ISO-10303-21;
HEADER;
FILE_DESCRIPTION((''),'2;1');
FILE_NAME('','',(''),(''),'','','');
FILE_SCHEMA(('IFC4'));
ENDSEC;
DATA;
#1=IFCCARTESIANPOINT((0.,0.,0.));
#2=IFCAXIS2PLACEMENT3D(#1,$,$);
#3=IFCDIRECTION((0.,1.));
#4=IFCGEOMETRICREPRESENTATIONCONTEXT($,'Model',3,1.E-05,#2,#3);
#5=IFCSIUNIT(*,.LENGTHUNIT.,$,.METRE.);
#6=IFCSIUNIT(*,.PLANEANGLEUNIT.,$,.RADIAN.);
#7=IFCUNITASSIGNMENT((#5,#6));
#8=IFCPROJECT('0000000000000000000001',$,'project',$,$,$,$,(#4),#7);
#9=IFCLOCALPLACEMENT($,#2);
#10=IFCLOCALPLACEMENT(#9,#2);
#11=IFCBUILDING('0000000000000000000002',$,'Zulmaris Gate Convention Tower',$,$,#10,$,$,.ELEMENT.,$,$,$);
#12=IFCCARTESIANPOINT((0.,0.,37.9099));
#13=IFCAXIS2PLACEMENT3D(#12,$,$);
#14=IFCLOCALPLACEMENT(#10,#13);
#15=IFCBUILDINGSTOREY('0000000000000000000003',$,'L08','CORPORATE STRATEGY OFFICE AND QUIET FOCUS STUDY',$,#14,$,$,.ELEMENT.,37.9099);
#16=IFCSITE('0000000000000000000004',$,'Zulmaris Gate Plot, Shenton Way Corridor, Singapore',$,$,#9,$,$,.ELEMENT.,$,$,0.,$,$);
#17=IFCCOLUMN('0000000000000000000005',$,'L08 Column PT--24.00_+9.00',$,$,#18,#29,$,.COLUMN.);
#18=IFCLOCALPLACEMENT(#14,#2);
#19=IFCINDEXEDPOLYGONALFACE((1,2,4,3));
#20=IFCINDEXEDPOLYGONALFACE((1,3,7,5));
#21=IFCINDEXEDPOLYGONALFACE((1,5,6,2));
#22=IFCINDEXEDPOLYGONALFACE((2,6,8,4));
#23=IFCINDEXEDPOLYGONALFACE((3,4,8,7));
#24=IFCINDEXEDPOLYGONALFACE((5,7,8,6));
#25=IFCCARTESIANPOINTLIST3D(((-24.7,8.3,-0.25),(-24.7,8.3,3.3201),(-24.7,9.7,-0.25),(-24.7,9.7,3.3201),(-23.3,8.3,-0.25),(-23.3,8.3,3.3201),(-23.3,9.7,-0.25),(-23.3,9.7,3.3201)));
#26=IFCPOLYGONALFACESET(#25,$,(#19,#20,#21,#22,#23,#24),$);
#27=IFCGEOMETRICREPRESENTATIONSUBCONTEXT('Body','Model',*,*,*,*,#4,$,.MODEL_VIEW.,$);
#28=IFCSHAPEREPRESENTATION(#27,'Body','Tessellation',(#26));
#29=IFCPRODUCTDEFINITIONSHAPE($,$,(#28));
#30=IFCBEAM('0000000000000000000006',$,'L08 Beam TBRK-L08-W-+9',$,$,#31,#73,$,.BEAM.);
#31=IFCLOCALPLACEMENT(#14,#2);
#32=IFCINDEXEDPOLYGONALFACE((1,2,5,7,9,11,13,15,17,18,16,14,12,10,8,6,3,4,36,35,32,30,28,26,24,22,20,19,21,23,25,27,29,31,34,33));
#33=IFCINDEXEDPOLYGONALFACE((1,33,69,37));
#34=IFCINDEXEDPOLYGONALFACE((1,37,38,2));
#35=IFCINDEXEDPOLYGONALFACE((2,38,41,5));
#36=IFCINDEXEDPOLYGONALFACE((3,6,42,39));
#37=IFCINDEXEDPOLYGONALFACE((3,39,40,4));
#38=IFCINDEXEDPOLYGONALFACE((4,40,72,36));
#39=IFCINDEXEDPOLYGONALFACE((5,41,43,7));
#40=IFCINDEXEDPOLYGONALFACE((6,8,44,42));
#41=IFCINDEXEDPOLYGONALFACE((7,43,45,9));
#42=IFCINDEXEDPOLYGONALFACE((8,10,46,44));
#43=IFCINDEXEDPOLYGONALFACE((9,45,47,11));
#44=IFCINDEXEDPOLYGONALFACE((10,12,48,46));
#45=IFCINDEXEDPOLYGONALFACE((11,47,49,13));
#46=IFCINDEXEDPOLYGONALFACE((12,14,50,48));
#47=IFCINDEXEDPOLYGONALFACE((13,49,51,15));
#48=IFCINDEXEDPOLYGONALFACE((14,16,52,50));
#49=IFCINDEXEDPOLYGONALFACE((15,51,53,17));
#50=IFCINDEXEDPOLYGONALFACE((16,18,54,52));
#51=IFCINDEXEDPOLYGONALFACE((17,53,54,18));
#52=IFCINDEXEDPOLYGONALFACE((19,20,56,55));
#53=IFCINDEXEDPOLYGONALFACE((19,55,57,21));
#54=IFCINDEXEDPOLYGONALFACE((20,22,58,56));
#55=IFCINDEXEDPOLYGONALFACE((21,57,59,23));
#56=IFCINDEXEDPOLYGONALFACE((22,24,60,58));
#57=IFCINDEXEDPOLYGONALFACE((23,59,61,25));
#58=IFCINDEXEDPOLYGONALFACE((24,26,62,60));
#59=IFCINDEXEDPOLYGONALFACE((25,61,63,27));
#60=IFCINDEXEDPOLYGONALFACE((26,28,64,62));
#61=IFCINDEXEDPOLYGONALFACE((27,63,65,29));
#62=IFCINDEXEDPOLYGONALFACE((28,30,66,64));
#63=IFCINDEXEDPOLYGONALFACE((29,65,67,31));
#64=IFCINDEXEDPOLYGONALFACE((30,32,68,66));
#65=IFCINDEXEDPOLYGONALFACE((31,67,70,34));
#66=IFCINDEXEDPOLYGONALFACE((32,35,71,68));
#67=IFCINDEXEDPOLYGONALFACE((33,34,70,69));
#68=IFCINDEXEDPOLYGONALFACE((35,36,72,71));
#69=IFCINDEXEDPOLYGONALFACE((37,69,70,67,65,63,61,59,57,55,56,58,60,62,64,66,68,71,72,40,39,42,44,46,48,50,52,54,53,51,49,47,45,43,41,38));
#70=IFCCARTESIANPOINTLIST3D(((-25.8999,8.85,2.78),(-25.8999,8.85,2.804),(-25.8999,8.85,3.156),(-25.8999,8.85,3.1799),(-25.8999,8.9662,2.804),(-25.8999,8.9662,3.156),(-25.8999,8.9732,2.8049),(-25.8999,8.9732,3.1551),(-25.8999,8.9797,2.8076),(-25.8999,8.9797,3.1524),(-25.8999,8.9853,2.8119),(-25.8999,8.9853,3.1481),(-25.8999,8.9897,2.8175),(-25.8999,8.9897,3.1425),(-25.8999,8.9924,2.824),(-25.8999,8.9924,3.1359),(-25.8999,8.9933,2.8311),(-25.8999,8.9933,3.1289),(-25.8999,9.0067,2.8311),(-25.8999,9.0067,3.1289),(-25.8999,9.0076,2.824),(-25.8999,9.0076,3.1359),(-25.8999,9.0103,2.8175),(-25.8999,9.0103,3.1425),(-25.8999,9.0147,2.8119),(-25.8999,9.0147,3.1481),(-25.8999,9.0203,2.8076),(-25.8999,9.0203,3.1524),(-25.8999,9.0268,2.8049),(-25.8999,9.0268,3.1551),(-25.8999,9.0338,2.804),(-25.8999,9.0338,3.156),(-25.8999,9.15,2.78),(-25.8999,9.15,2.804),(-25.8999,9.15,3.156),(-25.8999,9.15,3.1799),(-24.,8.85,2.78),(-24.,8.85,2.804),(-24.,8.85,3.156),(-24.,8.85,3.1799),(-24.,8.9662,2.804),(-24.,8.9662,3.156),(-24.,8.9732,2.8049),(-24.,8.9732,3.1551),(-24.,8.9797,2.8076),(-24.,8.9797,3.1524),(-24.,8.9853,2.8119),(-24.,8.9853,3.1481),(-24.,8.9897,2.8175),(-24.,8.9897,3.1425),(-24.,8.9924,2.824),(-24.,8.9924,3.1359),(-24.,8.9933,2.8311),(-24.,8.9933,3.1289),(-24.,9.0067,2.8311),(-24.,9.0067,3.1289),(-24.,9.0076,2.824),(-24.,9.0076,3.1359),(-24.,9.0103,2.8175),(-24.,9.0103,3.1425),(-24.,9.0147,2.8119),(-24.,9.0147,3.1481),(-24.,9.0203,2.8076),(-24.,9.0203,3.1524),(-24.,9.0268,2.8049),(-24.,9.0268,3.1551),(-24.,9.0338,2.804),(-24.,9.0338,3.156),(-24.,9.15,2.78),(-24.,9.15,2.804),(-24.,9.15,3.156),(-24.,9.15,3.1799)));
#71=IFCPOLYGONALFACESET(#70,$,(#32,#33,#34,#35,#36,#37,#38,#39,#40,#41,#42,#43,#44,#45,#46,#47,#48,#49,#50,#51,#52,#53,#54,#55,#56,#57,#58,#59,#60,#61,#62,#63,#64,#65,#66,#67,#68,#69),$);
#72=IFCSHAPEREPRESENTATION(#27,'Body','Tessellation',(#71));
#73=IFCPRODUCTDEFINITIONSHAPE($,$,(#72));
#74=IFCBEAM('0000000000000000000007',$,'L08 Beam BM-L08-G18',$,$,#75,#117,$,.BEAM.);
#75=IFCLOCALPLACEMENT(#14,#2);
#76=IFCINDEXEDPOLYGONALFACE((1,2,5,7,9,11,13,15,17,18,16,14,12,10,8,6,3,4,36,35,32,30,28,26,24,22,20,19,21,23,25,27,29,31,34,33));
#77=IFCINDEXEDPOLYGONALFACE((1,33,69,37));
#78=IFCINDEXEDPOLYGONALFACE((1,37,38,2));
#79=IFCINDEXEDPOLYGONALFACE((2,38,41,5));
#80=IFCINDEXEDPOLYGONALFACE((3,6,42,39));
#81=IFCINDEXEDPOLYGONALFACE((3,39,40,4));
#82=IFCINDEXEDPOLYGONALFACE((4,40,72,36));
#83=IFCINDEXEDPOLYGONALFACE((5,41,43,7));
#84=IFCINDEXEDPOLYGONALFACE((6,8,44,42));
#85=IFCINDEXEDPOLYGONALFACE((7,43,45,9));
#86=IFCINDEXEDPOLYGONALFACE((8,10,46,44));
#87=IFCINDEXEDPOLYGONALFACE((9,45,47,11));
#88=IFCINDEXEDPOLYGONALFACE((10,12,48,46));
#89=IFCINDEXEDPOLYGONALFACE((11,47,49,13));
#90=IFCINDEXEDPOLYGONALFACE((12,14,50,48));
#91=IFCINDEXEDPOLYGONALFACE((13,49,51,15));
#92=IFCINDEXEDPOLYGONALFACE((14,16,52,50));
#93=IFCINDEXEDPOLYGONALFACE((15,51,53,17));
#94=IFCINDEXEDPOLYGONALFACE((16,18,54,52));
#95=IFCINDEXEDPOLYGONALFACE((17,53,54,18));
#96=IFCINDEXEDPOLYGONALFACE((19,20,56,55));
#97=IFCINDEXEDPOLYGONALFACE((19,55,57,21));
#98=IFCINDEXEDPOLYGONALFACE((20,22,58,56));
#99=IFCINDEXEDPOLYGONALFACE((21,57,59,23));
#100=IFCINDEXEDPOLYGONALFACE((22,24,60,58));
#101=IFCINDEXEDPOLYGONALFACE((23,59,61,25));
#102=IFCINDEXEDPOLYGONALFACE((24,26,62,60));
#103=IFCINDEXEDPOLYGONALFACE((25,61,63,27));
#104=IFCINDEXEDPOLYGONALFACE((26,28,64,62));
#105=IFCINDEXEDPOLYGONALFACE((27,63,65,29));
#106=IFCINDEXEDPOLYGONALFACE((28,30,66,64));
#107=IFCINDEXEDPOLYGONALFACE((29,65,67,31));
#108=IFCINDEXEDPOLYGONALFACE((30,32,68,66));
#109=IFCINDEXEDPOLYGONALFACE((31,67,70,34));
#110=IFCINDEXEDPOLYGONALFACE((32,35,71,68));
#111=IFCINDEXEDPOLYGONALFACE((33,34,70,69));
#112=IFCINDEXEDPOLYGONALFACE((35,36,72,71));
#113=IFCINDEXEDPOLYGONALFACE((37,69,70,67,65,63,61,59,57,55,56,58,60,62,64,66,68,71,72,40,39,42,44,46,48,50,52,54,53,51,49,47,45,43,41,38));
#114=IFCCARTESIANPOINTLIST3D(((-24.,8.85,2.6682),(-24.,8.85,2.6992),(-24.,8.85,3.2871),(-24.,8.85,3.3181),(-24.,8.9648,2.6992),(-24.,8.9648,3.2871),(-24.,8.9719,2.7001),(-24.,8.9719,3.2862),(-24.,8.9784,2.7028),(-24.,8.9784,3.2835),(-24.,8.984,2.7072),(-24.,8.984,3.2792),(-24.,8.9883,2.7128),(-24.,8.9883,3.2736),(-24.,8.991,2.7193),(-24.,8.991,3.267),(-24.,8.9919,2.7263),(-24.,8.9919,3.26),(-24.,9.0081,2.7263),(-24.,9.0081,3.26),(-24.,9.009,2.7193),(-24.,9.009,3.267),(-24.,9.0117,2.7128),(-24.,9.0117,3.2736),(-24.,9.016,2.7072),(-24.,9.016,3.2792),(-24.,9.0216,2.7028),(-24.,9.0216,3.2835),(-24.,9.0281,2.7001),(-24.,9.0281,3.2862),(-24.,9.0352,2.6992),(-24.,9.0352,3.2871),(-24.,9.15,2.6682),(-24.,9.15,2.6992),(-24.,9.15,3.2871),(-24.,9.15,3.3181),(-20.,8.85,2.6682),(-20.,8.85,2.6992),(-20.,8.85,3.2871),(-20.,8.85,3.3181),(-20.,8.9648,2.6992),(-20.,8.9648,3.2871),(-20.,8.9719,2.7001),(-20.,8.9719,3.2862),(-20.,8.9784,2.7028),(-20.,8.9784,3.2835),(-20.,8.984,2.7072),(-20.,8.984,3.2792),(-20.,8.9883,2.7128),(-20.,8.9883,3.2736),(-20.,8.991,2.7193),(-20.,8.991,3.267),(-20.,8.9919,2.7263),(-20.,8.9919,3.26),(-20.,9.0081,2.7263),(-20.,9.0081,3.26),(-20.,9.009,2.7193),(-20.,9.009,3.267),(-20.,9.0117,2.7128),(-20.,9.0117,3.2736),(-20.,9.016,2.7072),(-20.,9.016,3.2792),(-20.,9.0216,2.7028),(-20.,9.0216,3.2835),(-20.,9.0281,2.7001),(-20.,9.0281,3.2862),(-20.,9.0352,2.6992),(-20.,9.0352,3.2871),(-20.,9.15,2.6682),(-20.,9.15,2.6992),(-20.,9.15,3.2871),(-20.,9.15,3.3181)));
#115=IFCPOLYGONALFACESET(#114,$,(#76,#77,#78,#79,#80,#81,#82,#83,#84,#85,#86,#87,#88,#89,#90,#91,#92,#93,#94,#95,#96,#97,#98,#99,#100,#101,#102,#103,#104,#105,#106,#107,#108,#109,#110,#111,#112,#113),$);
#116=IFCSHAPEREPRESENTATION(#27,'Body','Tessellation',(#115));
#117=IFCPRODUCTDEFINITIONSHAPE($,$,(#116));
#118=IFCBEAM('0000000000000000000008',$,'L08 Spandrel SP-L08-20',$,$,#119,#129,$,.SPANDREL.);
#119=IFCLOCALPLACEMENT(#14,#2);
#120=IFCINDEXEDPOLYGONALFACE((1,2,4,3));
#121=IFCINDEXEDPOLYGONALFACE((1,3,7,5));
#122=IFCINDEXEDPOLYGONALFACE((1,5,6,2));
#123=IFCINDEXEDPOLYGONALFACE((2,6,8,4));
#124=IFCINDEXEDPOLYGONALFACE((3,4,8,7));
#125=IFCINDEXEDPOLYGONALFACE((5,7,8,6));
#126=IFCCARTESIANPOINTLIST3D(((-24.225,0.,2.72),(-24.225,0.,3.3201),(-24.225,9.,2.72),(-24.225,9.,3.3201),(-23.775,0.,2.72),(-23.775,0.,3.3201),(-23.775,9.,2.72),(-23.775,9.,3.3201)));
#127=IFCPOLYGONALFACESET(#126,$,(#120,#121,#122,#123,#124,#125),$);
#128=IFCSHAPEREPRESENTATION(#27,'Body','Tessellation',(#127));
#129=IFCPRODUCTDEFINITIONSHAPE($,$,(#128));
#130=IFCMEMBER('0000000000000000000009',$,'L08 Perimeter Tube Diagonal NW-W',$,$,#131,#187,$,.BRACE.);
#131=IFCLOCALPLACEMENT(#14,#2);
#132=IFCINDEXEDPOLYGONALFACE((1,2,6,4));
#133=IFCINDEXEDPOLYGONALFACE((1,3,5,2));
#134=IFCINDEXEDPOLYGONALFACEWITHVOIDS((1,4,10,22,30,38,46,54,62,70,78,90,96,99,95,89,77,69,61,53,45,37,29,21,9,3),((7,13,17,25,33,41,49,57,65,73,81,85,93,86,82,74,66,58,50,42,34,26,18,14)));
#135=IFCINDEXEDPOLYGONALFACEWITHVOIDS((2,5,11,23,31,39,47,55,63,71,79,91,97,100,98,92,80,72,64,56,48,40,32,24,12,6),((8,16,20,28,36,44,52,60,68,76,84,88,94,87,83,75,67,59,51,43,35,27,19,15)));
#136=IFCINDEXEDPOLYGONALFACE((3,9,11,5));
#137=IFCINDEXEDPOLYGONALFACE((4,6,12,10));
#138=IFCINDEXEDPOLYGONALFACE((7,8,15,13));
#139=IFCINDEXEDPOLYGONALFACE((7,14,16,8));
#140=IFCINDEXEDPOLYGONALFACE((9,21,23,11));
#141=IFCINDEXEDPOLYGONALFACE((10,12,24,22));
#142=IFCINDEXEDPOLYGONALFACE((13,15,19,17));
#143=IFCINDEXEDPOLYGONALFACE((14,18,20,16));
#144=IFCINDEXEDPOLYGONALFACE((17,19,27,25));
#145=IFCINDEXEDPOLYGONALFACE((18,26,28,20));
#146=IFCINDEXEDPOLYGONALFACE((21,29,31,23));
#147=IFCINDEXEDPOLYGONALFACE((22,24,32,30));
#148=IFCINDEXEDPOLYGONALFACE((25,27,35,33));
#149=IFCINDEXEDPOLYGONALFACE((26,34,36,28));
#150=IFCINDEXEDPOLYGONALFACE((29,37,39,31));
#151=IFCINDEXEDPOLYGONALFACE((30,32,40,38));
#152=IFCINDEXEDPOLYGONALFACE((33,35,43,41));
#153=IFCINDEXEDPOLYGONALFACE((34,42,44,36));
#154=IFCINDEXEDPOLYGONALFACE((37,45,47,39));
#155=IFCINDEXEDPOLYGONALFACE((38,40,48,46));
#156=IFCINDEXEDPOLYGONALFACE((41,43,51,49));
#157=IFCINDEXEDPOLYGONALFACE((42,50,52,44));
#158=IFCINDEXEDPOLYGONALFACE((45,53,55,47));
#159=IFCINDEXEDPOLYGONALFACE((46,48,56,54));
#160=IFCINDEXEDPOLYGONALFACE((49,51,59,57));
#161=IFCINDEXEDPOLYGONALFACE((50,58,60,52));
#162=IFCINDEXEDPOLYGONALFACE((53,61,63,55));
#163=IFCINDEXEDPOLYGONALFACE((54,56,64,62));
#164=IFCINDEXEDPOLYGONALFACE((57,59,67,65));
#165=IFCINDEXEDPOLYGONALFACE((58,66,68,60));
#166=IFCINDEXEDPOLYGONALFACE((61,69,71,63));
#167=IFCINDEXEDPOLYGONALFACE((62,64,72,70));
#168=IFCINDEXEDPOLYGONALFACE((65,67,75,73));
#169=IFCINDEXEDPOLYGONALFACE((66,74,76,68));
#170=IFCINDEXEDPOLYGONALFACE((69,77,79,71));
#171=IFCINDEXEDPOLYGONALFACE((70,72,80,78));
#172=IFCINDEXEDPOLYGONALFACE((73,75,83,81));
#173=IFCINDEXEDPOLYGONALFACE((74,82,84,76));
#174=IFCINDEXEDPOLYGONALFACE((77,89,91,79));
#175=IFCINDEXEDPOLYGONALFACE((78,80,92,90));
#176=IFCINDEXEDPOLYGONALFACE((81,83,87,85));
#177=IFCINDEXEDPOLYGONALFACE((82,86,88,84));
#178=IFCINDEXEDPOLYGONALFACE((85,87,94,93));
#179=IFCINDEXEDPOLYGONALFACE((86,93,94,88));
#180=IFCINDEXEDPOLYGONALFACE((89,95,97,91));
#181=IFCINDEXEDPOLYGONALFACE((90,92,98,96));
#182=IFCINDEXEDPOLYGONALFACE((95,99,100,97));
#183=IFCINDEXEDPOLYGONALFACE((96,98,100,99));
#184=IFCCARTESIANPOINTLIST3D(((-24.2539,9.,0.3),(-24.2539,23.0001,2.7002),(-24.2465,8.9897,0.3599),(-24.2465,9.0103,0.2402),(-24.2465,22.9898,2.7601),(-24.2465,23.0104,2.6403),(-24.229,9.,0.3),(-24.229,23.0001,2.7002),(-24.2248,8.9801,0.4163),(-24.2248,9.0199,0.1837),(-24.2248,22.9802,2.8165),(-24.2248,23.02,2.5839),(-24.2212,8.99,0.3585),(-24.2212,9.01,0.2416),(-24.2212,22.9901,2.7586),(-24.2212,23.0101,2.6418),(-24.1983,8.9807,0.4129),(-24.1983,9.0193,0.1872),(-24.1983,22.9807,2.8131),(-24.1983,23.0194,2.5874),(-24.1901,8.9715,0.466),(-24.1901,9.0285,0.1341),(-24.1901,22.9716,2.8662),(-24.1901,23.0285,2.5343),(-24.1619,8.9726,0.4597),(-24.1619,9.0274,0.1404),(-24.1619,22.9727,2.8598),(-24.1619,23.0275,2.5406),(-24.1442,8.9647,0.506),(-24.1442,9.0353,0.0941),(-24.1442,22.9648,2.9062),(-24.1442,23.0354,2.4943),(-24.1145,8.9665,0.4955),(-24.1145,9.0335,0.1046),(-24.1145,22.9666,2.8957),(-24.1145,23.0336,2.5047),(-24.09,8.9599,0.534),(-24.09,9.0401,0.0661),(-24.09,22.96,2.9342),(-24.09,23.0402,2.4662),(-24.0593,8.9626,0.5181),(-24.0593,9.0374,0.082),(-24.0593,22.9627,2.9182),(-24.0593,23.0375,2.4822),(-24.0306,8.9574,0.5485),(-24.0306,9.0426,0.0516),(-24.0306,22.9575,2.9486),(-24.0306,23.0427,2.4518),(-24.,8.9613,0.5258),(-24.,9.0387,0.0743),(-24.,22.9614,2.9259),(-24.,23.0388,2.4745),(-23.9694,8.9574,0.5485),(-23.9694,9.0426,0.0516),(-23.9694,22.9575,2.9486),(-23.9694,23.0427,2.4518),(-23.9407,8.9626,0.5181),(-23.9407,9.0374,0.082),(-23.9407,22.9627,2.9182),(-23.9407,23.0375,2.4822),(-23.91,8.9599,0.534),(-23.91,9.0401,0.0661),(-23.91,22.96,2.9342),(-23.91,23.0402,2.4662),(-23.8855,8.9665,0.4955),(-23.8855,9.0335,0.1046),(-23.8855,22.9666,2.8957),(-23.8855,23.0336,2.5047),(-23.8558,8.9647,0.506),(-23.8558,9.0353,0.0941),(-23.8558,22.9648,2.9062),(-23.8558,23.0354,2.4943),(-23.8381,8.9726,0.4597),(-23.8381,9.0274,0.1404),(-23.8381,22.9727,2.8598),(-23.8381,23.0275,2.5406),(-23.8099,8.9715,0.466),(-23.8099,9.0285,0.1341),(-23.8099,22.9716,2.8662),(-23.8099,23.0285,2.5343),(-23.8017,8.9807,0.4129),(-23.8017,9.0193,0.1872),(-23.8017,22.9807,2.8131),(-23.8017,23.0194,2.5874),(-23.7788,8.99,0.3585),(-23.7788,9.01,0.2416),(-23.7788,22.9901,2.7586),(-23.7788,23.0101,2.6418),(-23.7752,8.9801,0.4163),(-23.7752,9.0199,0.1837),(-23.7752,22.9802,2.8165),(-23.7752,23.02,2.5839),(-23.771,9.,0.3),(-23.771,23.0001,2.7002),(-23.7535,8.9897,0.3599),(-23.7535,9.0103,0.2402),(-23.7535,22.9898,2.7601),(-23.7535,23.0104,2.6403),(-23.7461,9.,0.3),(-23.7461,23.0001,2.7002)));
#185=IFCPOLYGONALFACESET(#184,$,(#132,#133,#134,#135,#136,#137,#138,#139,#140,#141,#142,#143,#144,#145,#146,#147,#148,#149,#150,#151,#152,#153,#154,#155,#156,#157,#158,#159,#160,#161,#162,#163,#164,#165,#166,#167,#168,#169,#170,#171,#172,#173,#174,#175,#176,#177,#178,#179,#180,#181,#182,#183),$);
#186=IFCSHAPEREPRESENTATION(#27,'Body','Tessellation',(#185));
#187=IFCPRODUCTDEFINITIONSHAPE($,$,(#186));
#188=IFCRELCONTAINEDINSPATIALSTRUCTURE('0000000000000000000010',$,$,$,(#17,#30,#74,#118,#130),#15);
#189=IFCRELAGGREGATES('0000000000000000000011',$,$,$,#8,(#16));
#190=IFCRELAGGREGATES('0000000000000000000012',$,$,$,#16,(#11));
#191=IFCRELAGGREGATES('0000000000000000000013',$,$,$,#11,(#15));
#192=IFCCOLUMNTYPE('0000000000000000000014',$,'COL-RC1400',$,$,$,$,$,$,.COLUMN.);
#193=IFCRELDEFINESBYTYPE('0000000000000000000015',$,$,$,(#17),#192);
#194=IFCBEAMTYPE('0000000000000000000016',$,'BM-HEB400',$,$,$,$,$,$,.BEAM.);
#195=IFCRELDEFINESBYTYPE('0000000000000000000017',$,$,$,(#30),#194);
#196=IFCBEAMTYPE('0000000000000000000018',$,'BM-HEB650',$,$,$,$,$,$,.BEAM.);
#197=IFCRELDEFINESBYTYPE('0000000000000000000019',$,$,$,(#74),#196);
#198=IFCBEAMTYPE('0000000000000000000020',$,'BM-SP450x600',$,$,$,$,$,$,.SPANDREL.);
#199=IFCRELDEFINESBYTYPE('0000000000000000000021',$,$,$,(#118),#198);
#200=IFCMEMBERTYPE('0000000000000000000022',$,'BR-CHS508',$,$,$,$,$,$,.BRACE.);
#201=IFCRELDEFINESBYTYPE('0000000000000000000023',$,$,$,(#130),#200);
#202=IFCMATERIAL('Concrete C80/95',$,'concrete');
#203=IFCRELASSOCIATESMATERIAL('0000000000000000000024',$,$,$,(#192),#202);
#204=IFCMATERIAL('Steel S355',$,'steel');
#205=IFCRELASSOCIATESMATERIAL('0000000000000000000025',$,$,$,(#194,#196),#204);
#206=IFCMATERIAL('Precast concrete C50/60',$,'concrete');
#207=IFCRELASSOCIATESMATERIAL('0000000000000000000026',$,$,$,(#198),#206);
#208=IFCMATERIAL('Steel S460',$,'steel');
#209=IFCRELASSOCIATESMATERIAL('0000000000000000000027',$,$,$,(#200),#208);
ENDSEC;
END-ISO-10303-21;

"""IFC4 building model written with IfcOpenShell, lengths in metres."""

from ifc_helpers import new_model, si_unit, direction, frame, origin, origin_2d, place, context, subcontext, project, spatial, rectangle, hollow_circle, i_section, extrude, material, material_profile, profile_set, type_object, element, save


model = new_model("IFC4")

# Units and contexts
model_context = context("Model", 3, precision=1e-05, world=origin(), true_north=direction((0.0, 1.0)))
body_context = subcontext(model_context, "Body", "Model", "MODEL_VIEW")
ifc_project = project(units=[si_unit("LENGTHUNIT", "METRE"), si_unit("PLANEANGLEUNIT", "RADIAN")], contexts=[model_context])

# Site, building, storey
site_placement = place(None, origin())
site = spatial("IfcSite", under=ifc_project, at=site_placement, Name="Zulmaris Gate Plot, Shenton Way Corridor, Singapore", CompositionType="ELEMENT", RefElevation=0.0)
building_placement = place(site_placement, origin())
building = spatial("IfcBuilding", under=site, at=building_placement, Name="Zulmaris Gate Convention Tower", CompositionType="ELEMENT")
storey_placement = place(building_placement, frame((0.0, 0.0, 37.9099)))
storey = spatial("IfcBuildingStorey", under=building, at=storey_placement, Name="L08", Description="CORPORATE STRATEGY OFFICE AND QUIET FOCUS STUDY", CompositionType="ELEMENT", Elevation=37.9099)

# Column
ifc_material_1 = material(Name="Concrete C80/95", Category="concrete")
ifc_material_profile_1 = material_profile(ifc_material_1, rectangle(XDim=1.3999, YDim=1.3999, at=origin_2d()), Name="RC COL 1400x1400")
ifc_profile_set_1 = profile_set([ifc_material_profile_1], Name="Concrete C80/95")
column_type = type_object("IfcColumnType", Name="COL-RC1400", PredefinedType="COLUMN", material=ifc_profile_set_1)
column_placement = place(storey_placement, frame((-24.0, 9.0, -0.25), z_axis=(0.0, 0.0, 1.0), x_axis=(1.0, 0.0, 0.0)))
element("IfcColumn", 1, at=column_placement, inside=storey, type_object=column_type, Name="L08 Column PT--24.00_+9.00", PredefinedType="COLUMN", context=body_context, shape_type="SweptSolid", body=[
    extrude(rectangle(XDim=1.3999, YDim=1.3999, at=origin_2d()), origin(), (0.0, 0.0, 1.0), 3.5701),
])

# Beams
ifc_material_2 = material(Name="Steel S355", Category="steel")
ifc_material_profile_2 = material_profile(ifc_material_2, i_section(OverallWidth=0.3, OverallDepth=0.3999, WebThickness=0.0134, FlangeThickness=0.0239, FilletRadius=0.0271, at=origin_2d()), Name="HEB 400")
ifc_profile_set_2 = profile_set([ifc_material_profile_2], Name="Steel S355")
beam_type_1 = type_object("IfcBeamType", Name="BM-HEB400", PredefinedType="BEAM", material=ifc_profile_set_2)
beam_1_placement = place(storey_placement, frame((-25.8999, 9.0, 2.98), z_axis=(1.0, 0.0, 0.0), x_axis=(0.0, 1.0, 0.0)))
element("IfcBeam", 2, at=beam_1_placement, inside=storey, type_object=beam_type_1, Name="L08 Beam TBRK-L08-W-+9", PredefinedType="BEAM", context=body_context, shape_type="SweptSolid", body=[
    extrude(i_section(OverallWidth=0.3, OverallDepth=0.3999, WebThickness=0.0134, FlangeThickness=0.0239, FilletRadius=0.0271, at=origin_2d()), origin(), (0.0, 0.0, 1.0), 1.8999),
])
ifc_material_profile_3 = material_profile(ifc_material_2, i_section(OverallWidth=0.3, OverallDepth=0.6499, WebThickness=0.0161, FlangeThickness=0.031, FilletRadius=0.0271, at=origin_2d()), Name="HEB 650")
ifc_profile_set_3 = profile_set([ifc_material_profile_3], Name="Steel S355")
beam_type_2 = type_object("IfcBeamType", Name="BM-HEB650", PredefinedType="BEAM", material=ifc_profile_set_3)
beam_2_placement = place(storey_placement, frame((-24.0, 9.0, 2.9932), z_axis=(1.0, 0.0, 0.0), x_axis=(0.0, 1.0, 0.0)))
element("IfcBeam", 3, at=beam_2_placement, inside=storey, type_object=beam_type_2, Name="L08 Beam BM-L08-G18", PredefinedType="BEAM", context=body_context, shape_type="SweptSolid", body=[
    extrude(i_section(OverallWidth=0.3, OverallDepth=0.6499, WebThickness=0.0161, FlangeThickness=0.031, FilletRadius=0.0271, at=origin_2d()), origin(), (0.0, 0.0, 1.0), 4.0),
])
ifc_material_3 = material(Name="Precast concrete C50/60", Category="concrete")
ifc_material_profile_4 = material_profile(ifc_material_3, rectangle(XDim=0.45, YDim=0.6001, at=origin_2d()), Name="RC SPANDREL 450x600")
ifc_profile_set_4 = profile_set([ifc_material_profile_4], Name="Precast concrete C50/60")
beam_type_3 = type_object("IfcBeamType", Name="BM-SP450x600", PredefinedType="SPANDREL", material=ifc_profile_set_4)
beam_3_placement = place(storey_placement, frame((-24.0, 9.0, 3.02), z_axis=(0.0, -1.0, 0.0), x_axis=(1.0, 0.0, 0.0)))
element("IfcBeam", 4, at=beam_3_placement, inside=storey, type_object=beam_type_3, Name="L08 Spandrel SP-L08-20", PredefinedType="SPANDREL", context=body_context, shape_type="SweptSolid", body=[
    extrude(rectangle(XDim=0.45, YDim=0.6001, at=origin_2d()), origin(), (0.0, 0.0, 1.0), 9.0),
])

# Member
ifc_material_4 = material(Name="Steel S460", Category="steel")
ifc_material_profile_5 = material_profile(ifc_material_4, hollow_circle(Radius=0.2539, WallThickness=0.0249, at=origin_2d()), Name="CHS 508x25")
ifc_profile_set_5 = profile_set([ifc_material_profile_5], Name="Steel S460")
member_type = type_object("IfcMemberType", Name="BR-CHS508", PredefinedType="BRACE", material=ifc_profile_set_5)
member_placement = place(storey_placement, frame((-24.0, 9.0, 0.3), z_axis=(0.0, 0.985621, 0.168974), x_axis=(-1.0, 0.0, 0.0)))
element("IfcMember", 5, at=member_placement, inside=storey, type_object=member_type, Name="L08 Perimeter Tube Diagonal NW-W", PredefinedType="BRACE", context=body_context, shape_type="SweptSolid", body=[
    extrude(hollow_circle(Radius=0.2539, WallThickness=0.0249, at=origin_2d()), origin(), (0.0, 0.0, 1.0), 14.2043),
])

save(model, "model.ifc")
